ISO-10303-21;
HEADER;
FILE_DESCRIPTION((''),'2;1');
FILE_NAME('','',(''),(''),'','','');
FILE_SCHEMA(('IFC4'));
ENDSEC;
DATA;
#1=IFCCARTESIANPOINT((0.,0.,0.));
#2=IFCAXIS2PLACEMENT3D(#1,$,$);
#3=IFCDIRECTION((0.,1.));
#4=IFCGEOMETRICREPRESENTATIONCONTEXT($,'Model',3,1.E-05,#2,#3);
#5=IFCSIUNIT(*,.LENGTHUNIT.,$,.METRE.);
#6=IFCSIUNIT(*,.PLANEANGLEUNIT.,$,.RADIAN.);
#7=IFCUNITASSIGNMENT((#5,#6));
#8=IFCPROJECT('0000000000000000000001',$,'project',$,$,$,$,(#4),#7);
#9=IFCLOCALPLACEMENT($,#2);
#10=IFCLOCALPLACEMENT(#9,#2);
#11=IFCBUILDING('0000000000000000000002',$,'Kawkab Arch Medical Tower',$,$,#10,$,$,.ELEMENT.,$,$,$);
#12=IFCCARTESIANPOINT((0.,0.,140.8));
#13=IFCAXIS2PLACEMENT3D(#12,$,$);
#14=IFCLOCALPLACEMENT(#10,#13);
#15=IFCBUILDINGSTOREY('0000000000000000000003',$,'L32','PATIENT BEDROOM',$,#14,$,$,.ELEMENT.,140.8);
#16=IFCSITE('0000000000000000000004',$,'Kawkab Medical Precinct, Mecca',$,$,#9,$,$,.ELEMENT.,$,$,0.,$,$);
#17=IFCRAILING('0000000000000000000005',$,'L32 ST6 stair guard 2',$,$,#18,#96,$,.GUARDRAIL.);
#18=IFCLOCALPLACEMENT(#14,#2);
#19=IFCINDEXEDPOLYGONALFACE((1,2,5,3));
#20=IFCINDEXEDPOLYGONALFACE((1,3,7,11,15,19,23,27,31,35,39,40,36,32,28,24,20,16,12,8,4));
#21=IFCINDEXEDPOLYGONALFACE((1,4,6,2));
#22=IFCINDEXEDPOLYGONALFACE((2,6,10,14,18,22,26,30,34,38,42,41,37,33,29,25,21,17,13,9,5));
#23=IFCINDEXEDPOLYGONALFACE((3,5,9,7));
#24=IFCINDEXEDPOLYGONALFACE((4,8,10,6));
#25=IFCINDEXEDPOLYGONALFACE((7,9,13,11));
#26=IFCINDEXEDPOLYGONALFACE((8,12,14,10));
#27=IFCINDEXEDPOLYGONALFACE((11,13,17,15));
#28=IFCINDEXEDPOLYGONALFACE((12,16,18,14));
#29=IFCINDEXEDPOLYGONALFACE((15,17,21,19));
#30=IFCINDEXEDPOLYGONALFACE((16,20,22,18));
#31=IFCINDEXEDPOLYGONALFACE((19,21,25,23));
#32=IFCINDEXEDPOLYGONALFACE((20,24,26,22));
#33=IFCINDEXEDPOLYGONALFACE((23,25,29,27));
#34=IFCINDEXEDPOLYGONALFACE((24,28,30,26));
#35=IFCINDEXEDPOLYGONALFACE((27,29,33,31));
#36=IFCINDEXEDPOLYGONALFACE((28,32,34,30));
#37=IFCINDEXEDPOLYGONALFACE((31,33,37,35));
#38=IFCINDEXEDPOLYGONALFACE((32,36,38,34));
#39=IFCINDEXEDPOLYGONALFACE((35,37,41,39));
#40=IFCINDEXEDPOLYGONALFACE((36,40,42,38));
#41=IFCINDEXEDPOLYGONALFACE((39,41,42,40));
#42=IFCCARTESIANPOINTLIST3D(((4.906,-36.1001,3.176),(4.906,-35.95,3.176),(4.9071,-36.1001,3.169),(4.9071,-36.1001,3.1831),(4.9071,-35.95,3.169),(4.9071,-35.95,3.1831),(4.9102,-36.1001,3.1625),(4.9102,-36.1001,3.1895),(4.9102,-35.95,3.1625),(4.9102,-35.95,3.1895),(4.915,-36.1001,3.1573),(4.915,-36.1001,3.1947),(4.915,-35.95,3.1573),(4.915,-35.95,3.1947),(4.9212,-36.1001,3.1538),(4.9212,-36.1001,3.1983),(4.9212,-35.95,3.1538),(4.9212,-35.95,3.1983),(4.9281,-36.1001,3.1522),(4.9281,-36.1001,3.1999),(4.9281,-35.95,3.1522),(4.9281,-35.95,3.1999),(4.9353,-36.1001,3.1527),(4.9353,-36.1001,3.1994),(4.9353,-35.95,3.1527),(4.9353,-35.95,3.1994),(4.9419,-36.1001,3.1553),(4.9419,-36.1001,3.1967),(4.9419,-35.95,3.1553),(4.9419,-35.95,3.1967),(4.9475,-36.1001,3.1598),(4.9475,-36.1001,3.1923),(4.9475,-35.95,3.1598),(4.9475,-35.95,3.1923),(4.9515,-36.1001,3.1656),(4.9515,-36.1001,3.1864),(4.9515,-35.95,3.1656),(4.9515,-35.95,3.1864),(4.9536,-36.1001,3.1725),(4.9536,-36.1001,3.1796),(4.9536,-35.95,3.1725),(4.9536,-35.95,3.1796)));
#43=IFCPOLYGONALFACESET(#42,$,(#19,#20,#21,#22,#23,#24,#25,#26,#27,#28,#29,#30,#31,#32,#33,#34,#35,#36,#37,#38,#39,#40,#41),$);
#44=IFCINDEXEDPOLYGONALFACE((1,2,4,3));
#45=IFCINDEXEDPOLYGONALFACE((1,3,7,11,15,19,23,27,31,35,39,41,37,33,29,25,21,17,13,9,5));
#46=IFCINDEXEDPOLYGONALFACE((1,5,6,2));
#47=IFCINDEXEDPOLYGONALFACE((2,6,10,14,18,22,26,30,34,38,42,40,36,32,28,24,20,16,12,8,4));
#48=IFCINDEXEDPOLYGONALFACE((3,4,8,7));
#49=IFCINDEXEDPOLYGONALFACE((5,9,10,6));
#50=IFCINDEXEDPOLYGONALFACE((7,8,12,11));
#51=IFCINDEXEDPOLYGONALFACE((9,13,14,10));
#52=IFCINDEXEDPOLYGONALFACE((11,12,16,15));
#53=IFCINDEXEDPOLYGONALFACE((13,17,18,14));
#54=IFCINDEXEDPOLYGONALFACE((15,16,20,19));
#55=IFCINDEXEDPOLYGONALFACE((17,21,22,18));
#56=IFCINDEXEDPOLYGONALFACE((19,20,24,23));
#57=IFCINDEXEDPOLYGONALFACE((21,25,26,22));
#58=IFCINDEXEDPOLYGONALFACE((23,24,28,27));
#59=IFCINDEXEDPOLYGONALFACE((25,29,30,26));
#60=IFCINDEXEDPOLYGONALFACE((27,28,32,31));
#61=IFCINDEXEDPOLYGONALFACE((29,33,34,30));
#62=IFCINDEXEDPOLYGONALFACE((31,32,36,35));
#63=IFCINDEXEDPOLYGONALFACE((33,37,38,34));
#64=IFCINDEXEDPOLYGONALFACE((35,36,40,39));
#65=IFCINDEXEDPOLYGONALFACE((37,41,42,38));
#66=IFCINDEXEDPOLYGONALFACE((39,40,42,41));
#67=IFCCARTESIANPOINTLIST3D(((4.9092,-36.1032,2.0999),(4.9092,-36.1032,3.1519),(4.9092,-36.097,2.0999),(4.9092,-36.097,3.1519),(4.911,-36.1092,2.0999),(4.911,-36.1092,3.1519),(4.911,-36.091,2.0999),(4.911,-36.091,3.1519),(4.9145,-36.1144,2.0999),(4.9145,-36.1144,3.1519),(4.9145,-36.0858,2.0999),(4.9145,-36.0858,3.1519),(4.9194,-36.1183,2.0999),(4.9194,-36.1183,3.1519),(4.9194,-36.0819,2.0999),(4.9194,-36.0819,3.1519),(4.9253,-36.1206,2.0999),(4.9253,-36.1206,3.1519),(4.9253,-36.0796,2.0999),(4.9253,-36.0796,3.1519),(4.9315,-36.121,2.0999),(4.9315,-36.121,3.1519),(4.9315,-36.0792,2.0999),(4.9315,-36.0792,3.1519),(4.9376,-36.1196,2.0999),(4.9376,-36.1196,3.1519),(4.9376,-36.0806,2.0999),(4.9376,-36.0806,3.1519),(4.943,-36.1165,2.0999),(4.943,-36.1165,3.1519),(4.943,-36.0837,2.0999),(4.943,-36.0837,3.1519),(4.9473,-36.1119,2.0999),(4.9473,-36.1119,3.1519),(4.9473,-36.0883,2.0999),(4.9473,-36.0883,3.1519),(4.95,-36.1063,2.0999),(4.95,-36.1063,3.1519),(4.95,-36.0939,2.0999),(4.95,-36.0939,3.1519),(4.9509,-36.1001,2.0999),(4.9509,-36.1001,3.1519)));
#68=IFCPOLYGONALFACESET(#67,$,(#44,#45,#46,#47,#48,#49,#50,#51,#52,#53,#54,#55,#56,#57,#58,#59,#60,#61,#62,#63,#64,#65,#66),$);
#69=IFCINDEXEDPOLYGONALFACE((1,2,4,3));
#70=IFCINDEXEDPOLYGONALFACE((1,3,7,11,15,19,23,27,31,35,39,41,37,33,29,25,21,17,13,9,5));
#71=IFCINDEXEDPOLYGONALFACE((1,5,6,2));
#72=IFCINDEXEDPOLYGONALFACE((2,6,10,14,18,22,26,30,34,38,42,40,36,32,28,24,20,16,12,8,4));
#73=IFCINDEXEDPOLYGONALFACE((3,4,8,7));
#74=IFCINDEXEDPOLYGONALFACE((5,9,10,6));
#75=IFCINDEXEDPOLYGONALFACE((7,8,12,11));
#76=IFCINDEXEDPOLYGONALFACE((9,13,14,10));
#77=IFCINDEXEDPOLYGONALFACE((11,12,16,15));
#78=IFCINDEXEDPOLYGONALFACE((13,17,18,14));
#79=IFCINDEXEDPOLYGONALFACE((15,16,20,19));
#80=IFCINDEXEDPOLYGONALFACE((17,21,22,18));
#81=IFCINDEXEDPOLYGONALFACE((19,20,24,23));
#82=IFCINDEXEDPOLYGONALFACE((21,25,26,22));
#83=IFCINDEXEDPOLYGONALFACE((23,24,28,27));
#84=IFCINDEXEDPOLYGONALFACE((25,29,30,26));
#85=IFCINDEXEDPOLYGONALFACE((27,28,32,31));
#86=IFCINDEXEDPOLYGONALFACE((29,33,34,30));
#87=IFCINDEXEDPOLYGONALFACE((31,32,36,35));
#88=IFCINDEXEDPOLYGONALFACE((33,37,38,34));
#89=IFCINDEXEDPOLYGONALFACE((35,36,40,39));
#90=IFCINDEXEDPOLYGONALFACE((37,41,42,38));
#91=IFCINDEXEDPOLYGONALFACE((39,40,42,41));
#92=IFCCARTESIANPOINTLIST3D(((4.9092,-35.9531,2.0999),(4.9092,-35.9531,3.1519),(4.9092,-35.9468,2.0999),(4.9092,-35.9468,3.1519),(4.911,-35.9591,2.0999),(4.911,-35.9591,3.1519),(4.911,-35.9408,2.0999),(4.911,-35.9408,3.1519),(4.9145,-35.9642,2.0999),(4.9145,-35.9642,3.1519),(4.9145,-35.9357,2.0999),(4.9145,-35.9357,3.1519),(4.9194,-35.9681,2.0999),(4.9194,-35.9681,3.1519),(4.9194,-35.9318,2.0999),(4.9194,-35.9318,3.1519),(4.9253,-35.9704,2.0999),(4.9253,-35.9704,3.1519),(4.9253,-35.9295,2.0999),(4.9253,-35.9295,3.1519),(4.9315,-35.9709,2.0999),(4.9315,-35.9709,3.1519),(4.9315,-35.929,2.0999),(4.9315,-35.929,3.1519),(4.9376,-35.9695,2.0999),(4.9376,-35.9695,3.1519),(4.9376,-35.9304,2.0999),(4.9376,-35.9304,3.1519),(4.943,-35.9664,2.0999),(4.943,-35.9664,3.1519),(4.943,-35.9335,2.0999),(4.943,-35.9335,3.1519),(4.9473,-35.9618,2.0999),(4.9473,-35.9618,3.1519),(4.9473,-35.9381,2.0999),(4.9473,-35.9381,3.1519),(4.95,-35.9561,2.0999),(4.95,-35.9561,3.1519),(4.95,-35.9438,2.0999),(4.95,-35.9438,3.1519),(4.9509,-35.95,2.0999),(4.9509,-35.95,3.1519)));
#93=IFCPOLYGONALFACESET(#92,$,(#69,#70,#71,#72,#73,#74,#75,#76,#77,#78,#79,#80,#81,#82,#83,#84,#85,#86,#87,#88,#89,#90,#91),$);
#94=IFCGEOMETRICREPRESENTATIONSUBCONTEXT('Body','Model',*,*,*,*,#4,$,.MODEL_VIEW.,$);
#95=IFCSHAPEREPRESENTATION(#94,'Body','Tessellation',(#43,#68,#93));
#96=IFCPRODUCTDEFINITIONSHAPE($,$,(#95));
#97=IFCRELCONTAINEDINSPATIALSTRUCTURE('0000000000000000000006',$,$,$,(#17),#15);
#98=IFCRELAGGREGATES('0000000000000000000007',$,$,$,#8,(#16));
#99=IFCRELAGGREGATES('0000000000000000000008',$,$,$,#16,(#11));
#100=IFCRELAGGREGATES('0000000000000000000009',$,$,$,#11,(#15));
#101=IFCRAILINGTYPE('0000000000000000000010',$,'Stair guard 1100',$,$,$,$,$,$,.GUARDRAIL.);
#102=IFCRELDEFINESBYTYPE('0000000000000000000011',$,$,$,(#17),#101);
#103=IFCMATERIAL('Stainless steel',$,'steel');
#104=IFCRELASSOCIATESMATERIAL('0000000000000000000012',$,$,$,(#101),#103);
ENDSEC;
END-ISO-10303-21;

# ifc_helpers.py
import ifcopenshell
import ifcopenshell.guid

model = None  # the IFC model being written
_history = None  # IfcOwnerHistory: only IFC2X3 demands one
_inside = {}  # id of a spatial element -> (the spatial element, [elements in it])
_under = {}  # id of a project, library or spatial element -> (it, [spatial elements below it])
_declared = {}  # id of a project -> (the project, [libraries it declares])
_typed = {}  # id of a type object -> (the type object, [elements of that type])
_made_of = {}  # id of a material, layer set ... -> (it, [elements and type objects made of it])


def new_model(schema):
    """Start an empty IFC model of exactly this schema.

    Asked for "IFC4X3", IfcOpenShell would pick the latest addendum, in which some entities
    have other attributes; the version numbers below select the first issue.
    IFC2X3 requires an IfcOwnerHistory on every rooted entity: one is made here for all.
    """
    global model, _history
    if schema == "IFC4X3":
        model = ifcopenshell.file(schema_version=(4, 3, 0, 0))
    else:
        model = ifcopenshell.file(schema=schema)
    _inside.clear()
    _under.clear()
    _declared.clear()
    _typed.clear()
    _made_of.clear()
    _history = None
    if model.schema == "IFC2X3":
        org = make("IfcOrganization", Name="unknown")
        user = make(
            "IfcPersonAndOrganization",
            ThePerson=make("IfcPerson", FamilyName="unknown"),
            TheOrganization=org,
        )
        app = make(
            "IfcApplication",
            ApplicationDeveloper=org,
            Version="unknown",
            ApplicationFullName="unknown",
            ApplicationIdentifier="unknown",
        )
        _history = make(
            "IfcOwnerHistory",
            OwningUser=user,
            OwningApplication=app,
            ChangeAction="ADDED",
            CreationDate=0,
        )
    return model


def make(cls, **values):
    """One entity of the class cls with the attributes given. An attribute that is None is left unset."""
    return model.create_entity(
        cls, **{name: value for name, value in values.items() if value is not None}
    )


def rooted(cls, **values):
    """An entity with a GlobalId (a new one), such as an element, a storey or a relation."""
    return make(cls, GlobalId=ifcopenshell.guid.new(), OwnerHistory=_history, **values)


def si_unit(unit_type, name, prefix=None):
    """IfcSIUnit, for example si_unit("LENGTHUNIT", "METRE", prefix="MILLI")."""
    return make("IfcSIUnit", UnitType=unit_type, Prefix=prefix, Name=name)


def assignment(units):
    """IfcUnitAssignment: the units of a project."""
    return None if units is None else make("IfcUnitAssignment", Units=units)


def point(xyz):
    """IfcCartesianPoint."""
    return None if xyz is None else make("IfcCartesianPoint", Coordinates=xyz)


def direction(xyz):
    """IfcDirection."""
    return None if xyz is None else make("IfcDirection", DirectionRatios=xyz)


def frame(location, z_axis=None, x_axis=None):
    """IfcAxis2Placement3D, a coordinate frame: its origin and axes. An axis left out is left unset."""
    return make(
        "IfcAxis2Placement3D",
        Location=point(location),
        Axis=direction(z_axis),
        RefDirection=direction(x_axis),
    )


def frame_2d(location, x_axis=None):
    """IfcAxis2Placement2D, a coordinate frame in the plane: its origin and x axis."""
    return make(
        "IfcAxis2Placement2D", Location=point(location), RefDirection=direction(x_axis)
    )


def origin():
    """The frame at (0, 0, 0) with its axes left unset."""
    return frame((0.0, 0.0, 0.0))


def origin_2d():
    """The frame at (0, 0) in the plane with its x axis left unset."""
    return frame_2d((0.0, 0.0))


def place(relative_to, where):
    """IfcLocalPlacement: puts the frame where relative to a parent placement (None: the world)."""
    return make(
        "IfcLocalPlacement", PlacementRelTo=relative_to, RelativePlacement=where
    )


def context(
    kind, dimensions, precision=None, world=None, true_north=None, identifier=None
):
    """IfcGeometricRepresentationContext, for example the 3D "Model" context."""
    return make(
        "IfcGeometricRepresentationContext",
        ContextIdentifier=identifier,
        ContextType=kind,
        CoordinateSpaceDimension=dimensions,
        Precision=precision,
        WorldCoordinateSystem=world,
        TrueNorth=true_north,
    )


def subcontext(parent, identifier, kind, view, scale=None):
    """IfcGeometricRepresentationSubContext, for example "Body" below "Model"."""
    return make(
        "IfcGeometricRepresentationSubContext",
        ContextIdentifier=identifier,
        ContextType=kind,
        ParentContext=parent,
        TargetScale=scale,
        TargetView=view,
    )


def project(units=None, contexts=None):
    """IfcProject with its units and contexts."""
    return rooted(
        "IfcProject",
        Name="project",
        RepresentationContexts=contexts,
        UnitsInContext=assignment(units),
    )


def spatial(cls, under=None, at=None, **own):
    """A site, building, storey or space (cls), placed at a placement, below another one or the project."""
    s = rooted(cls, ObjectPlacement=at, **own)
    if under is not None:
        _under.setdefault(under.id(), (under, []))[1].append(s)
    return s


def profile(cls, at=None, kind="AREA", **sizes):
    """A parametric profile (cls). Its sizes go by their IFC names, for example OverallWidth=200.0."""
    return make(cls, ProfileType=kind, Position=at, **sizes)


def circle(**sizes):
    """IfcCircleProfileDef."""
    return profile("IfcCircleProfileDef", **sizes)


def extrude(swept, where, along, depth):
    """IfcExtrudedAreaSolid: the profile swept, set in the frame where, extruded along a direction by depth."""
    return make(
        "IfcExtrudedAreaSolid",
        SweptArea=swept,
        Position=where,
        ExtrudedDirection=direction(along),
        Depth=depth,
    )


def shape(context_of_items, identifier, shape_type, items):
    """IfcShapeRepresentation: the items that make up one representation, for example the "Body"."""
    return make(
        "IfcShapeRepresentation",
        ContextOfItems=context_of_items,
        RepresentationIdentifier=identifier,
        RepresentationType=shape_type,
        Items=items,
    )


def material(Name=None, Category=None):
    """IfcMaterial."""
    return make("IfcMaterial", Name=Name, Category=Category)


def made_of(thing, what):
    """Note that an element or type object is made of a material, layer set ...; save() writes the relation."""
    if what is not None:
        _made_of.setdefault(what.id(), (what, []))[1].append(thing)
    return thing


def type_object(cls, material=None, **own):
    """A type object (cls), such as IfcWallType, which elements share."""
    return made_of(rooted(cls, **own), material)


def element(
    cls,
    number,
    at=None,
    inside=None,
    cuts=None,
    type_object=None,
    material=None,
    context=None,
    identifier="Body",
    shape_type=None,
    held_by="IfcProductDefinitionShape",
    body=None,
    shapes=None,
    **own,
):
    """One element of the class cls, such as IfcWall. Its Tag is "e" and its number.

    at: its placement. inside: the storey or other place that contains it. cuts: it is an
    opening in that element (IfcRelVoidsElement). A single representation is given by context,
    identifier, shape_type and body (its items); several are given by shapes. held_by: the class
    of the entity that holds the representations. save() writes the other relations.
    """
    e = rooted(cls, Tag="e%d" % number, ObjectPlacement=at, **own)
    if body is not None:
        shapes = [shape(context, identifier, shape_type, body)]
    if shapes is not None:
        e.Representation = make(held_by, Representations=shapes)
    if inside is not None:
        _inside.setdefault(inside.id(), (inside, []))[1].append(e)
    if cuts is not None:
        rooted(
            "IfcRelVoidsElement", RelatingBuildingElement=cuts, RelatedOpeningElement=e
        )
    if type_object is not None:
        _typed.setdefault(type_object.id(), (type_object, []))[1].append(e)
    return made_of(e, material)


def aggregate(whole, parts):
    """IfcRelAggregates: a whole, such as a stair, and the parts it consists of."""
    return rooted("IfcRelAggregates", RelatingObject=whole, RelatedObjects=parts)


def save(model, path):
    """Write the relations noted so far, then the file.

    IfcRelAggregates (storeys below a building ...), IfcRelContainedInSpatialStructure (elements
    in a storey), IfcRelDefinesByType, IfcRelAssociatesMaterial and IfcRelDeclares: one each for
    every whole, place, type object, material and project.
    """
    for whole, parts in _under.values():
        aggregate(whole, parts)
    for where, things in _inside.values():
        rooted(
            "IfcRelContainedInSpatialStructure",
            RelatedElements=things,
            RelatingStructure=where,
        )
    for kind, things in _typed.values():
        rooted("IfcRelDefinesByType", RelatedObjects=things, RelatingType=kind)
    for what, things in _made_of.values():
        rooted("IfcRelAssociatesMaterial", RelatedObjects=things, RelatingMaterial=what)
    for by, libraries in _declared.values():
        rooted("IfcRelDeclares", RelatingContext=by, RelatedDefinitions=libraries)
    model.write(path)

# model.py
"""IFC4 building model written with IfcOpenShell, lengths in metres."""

from ifc_helpers import new_model, si_unit, direction, frame, origin, origin_2d, place, context, subcontext, project, spatial, circle, extrude, material, type_object, element, save


model = new_model("IFC4")

# Units and contexts
model_context = context("Model", 3, precision=1e-05, world=origin(), true_north=direction((0.0, 1.0)))
body_context = subcontext(model_context, "Body", "Model", "MODEL_VIEW")
ifc_project = project(units=[si_unit("LENGTHUNIT", "METRE"), si_unit("PLANEANGLEUNIT", "RADIAN")], contexts=[model_context])

# Site, building, storey
site_placement = place(None, origin())
site = spatial("IfcSite", under=ifc_project, at=site_placement, Name="Kawkab Medical Precinct, Mecca", CompositionType="ELEMENT", RefElevation=0.0)
building_placement = place(site_placement, origin())
building = spatial("IfcBuilding", under=site, at=building_placement, Name="Kawkab Arch Medical Tower", CompositionType="ELEMENT")
storey_placement = place(building_placement, frame((0.0, 0.0, 140.8)))
storey = spatial("IfcBuildingStorey", under=building, at=storey_placement, Name="L32", Description="PATIENT BEDROOM", CompositionType="ELEMENT", Elevation=140.8)

# Railing
ifc_material_1 = material(Name="Stainless steel", Category="steel")
railing_type = type_object("IfcRailingType", Name="Stair guard 1100", PredefinedType="GUARDRAIL", material=ifc_material_1)
railing_1_placement = place(storey_placement, frame((4.9299, -36.1001, 2.0999)))
element("IfcRailing", 1, at=railing_1_placement, inside=storey, type_object=railing_type, Name="L32 ST6 stair guard 2", PredefinedType="GUARDRAIL", context=body_context, shape_type="SweptSolid", body=[
    extrude(circle(Radius=0.0239, at=origin_2d()), frame((0.0, 0.0, 1.0762), z_axis=(0.0, 1.0, 0.0), x_axis=(-1.0, 0.0, 0.0)), (0.0, 0.0, 1.0), 0.1501),
    extrude(circle(Radius=0.021, at=origin_2d()), origin(), (0.0, 0.0, 1.0), 1.052),
    extrude(circle(Radius=0.021, at=origin_2d()), frame((0.0, 0.1501, 0.0)), (0.0, 0.0, 1.0), 1.052),
])

save(model, "model.ifc")
